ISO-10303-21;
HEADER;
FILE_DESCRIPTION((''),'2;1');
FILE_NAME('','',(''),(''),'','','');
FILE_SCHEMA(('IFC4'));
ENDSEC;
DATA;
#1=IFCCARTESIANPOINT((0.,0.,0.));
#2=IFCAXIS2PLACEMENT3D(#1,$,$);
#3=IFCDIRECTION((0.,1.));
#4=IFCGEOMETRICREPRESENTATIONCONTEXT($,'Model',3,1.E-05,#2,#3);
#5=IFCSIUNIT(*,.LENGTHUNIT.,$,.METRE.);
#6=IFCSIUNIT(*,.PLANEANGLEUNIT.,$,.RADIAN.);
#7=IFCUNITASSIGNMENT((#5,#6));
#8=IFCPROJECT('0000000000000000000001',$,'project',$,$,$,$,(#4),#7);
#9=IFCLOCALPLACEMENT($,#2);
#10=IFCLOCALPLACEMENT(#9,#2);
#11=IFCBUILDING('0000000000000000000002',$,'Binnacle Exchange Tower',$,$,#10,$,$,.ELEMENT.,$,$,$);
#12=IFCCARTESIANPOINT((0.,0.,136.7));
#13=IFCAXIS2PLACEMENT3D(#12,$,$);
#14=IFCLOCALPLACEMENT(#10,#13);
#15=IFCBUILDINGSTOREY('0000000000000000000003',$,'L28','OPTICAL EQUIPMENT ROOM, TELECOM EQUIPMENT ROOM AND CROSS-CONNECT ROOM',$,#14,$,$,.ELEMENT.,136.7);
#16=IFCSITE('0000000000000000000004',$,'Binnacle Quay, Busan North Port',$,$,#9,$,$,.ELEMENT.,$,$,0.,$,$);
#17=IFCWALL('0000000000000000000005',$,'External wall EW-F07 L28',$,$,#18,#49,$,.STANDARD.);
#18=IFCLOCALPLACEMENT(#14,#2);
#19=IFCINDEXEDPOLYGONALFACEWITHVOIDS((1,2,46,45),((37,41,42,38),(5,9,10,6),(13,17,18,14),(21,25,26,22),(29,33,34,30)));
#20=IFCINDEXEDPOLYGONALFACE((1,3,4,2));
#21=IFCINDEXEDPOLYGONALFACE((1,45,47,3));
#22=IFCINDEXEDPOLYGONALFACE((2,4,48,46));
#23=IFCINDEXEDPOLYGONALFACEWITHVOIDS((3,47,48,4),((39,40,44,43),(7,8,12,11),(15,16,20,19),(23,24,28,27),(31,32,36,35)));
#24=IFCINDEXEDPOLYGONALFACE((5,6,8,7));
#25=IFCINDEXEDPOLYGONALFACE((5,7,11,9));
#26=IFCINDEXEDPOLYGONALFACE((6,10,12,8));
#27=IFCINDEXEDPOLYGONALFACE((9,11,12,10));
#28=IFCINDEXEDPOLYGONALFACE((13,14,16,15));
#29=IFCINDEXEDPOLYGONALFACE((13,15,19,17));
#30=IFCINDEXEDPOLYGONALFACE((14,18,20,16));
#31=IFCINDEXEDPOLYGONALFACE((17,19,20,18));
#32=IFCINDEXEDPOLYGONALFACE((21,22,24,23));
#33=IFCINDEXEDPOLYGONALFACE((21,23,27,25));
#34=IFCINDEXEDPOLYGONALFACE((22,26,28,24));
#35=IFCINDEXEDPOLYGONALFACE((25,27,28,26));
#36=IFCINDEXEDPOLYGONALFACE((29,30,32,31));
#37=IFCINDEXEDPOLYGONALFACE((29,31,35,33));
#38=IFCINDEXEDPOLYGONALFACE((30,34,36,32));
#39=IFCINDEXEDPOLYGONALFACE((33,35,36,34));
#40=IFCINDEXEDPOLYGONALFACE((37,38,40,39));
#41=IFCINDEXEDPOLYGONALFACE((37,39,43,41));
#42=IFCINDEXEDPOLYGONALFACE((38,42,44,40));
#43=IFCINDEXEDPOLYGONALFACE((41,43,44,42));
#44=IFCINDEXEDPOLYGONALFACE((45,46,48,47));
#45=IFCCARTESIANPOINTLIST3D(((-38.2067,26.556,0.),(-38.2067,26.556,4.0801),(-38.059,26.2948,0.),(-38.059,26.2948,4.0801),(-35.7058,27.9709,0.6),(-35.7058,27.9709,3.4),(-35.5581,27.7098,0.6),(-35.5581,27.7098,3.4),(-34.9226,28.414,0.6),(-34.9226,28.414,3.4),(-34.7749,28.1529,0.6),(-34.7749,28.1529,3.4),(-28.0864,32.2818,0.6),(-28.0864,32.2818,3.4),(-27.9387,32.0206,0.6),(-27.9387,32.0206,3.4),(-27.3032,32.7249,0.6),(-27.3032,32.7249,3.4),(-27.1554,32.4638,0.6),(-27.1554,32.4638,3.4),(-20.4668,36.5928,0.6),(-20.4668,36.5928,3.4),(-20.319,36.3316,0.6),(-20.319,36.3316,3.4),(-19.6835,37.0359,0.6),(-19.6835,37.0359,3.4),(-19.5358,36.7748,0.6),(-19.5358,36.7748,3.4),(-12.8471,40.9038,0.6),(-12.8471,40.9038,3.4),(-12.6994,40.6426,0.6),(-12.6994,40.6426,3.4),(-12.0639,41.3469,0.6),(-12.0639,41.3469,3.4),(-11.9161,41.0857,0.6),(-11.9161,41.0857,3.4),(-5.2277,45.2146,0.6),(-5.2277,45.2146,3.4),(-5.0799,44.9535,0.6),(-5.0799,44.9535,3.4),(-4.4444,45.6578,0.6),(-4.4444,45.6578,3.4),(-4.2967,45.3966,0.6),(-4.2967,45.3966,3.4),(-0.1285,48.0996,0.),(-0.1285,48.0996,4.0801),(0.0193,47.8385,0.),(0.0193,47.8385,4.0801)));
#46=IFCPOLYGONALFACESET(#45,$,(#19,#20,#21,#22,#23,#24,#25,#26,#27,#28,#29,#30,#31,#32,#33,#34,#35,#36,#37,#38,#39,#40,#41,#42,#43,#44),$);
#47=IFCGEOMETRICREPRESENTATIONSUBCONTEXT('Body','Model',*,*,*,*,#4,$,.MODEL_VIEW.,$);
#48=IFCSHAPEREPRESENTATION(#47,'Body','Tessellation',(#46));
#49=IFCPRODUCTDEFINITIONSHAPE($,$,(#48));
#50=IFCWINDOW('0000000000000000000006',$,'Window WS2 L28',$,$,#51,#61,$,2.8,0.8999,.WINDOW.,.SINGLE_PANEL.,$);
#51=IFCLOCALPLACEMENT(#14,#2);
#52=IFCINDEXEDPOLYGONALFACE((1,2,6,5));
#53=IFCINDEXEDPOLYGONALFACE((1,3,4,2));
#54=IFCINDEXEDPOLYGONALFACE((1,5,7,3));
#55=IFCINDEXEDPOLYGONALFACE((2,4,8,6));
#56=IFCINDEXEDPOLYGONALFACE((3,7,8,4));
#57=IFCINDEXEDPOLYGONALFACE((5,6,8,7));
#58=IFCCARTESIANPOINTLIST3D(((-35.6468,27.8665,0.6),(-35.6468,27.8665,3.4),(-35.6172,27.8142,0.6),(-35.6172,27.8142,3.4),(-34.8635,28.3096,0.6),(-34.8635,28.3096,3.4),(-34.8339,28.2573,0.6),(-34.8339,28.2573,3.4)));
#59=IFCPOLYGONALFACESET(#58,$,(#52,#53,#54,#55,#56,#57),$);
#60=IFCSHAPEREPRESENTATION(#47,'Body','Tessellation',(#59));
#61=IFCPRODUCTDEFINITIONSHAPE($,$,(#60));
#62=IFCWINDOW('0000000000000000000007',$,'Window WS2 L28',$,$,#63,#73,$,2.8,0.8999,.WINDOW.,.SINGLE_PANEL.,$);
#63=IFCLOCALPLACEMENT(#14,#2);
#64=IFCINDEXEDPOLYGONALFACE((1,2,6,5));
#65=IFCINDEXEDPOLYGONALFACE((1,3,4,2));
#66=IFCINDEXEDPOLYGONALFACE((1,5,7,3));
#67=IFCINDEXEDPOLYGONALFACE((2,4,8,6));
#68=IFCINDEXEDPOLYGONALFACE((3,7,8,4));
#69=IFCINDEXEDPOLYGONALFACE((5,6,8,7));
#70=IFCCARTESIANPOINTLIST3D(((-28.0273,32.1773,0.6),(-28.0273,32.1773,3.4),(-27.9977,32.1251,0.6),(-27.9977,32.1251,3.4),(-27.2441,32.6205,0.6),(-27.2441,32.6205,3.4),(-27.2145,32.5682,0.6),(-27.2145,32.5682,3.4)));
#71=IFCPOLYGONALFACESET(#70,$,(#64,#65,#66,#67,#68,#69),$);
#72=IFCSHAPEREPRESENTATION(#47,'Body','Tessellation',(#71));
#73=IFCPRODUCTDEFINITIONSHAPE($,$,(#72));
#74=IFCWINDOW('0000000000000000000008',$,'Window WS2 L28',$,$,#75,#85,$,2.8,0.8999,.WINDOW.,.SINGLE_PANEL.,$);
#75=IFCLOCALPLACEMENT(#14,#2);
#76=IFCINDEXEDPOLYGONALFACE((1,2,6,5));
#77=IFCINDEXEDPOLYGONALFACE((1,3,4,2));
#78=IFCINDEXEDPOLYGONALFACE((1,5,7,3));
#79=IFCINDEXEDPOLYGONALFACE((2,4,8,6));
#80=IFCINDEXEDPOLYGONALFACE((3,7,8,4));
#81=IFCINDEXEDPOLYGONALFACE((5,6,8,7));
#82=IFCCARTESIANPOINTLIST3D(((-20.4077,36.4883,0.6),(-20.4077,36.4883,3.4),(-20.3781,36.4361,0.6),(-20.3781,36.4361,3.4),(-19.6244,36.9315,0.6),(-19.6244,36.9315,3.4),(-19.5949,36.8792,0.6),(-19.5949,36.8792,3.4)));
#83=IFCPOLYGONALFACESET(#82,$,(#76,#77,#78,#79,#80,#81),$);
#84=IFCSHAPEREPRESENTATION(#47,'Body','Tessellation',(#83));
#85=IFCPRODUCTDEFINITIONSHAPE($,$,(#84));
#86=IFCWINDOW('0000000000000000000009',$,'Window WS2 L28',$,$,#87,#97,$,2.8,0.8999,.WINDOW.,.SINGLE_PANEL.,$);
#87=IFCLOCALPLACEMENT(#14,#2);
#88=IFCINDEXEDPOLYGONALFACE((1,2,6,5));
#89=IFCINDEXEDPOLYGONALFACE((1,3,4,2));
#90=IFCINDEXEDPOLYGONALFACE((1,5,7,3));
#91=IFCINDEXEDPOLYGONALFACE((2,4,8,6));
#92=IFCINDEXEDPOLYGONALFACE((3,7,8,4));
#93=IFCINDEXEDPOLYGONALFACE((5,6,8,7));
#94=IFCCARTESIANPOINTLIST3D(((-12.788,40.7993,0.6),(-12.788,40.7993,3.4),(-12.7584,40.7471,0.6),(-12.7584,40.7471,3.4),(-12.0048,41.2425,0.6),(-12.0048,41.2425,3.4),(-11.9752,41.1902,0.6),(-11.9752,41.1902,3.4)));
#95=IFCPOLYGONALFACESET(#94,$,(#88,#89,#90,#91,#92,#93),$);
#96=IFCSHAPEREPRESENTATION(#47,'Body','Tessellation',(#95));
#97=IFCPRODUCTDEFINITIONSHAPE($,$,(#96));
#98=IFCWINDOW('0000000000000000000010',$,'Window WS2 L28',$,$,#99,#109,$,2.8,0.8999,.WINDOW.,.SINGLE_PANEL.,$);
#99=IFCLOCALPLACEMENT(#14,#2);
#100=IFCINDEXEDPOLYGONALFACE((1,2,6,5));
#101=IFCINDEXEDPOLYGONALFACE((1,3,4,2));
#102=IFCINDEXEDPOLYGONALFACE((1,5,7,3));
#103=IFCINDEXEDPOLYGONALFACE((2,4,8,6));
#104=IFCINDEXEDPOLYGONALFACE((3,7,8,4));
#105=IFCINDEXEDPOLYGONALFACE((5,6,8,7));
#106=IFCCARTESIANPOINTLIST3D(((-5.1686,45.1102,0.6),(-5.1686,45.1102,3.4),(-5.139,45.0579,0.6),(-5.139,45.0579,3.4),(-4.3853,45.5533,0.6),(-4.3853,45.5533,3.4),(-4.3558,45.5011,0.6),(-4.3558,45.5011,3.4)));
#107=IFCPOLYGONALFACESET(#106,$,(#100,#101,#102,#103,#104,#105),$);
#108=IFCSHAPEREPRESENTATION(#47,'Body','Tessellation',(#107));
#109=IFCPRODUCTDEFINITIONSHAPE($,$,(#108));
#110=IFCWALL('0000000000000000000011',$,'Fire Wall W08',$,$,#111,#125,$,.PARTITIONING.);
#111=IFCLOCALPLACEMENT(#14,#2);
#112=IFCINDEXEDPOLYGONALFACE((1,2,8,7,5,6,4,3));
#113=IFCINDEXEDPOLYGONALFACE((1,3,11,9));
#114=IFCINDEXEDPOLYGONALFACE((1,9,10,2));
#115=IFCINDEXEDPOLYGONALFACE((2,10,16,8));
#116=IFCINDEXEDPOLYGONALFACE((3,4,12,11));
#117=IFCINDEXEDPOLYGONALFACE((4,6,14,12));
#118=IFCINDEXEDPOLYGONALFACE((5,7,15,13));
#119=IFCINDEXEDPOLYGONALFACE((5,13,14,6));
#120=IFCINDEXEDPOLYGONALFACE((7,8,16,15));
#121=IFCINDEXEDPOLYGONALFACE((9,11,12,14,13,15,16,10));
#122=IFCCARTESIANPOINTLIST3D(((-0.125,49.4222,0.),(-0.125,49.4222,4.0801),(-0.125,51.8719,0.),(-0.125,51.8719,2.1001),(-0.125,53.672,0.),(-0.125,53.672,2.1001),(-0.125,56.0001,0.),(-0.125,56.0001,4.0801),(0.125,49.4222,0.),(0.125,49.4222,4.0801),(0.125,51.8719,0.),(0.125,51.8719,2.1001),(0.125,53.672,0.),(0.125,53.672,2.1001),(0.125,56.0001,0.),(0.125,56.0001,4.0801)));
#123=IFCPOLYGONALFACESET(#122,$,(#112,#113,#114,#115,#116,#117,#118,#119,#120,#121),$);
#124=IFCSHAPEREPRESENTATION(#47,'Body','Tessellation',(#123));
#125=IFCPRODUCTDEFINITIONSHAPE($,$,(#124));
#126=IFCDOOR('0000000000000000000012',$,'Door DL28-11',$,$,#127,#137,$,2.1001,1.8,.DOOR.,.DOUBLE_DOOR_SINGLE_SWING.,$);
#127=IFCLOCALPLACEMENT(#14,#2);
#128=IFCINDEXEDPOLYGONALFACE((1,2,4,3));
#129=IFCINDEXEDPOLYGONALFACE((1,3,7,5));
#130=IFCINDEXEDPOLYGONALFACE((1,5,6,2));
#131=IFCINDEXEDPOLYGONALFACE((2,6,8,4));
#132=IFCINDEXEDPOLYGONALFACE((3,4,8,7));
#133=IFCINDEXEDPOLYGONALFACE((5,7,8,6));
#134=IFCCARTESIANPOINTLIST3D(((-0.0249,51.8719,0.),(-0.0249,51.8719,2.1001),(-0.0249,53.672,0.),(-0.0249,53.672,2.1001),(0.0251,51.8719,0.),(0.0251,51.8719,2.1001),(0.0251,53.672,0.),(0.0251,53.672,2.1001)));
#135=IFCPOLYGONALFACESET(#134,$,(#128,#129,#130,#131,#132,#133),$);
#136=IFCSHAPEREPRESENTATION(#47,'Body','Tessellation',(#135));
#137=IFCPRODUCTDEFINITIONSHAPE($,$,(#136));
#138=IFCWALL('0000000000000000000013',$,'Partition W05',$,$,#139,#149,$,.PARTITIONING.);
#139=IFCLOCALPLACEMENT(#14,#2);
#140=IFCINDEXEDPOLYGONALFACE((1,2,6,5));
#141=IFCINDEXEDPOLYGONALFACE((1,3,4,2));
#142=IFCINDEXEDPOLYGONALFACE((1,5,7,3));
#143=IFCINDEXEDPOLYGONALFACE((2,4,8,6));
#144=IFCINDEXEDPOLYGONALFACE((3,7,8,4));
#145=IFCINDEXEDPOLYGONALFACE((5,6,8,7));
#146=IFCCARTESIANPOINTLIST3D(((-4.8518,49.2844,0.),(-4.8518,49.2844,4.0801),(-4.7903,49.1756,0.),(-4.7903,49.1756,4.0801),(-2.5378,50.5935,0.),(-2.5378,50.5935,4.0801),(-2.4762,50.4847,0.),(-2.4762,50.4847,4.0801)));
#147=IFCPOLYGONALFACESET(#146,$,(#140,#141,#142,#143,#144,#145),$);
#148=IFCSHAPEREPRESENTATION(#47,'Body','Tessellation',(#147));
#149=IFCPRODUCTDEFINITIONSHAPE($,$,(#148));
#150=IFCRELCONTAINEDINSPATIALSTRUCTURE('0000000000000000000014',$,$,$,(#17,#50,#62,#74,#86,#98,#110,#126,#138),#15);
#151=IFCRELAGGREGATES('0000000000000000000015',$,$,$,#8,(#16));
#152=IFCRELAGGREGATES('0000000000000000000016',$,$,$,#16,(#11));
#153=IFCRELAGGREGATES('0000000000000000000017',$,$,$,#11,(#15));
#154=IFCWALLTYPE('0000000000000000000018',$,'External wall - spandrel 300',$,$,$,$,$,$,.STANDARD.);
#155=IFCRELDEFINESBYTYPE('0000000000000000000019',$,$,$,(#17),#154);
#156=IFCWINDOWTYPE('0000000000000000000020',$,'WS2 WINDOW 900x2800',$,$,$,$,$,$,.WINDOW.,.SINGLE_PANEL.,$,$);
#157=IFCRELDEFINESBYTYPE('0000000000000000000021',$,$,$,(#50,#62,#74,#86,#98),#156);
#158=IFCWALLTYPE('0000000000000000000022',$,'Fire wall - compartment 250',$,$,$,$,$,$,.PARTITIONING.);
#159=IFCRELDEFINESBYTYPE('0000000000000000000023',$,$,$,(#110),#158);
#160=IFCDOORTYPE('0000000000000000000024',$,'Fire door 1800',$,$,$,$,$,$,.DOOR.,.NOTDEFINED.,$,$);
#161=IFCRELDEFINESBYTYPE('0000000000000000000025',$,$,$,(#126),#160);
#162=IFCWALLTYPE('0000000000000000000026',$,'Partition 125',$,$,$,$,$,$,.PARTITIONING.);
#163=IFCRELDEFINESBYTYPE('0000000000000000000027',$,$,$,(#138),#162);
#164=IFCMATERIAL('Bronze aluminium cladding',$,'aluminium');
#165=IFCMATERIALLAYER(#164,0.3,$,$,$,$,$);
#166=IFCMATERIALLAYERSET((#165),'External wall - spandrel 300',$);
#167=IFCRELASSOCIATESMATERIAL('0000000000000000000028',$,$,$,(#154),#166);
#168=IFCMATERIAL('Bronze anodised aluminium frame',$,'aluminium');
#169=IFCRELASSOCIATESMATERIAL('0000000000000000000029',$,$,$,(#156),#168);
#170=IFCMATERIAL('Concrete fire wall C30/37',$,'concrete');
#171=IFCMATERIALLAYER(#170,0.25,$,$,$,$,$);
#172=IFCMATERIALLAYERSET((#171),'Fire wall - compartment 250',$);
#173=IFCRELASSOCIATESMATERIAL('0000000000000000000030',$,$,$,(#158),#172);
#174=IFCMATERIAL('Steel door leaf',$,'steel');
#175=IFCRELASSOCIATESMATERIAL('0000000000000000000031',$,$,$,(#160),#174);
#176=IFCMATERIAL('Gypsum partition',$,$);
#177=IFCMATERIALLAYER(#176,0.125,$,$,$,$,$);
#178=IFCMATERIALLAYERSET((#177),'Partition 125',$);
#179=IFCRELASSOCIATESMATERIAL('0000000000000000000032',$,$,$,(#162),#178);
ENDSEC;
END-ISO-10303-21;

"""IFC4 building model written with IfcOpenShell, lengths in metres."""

from ifc_helpers import new_model, si_unit, direction, frame, frame_2d, origin, place, context, subcontext, project, spatial, rectangle, extrude, material, layer, layer_set, type_object, element, fill, save


model = new_model("IFC4")

# Units and contexts
model_context = context("Model", 3, precision=1e-05, world=origin(), true_north=direction((0.0, 1.0)))
body_context = subcontext(model_context, "Body", "Model", "MODEL_VIEW")
ifc_project = project(units=[si_unit("LENGTHUNIT", "METRE"), si_unit("PLANEANGLEUNIT", "RADIAN")], contexts=[model_context])

# Site, building, storey
site_placement = place(None, origin())
site = spatial("IfcSite", under=ifc_project, at=site_placement, Name="Binnacle Quay, Busan North Port", CompositionType="ELEMENT", RefElevation=0.0)
building_placement = place(site_placement, origin())
building = spatial("IfcBuilding", under=site, at=building_placement, Name="Binnacle Exchange Tower", CompositionType="ELEMENT")
storey_placement = place(building_placement, frame((0.0, 0.0, 136.7)))
storey = spatial("IfcBuildingStorey", under=building, at=storey_placement, Name="L28", Description="OPTICAL EQUIPMENT ROOM, TELECOM EQUIPMENT ROOM AND CROSS-CONNECT ROOM", CompositionType="ELEMENT", Elevation=136.7)

# Shared definitions
ifc_material_1 = material(Name="Steel door leaf", Category="steel")

# Wall, openings, windows
ifc_material_2 = material(Name="Bronze aluminium cladding", Category="aluminium")
ifc_layer_1 = layer(ifc_material_2, 0.3)
ifc_layer_set_1 = layer_set([ifc_layer_1], Name="External wall - spandrel 300")
wall_type_1 = type_object("IfcWallType", Name="External wall - spandrel 300", PredefinedType="STANDARD", material=ifc_layer_set_1)
wall_1_placement = place(storey_placement, frame((-0.0547, 47.969, 0.0), z_axis=(0.0, 0.0, 1.0), x_axis=(-0.870356, -0.492423, 0.0)))
wall_1 = element("IfcWall", 1, at=wall_1_placement, inside=storey, type_object=wall_type_1, Name="External wall EW-F07 L28", PredefinedType="STANDARD", context=body_context, shape_type="SweptSolid", body=[
    extrude(rectangle(XDim=43.7502, YDim=0.3, at=frame_2d((21.875, 0.0))), origin(), (0.0, 0.0, 1.0), 4.0801),
])
opening_1_placement = place(wall_1_placement, frame((39.9768, 0.0, 0.6001)))
opening_1 = element("IfcOpeningElement", 2, at=opening_1_placement, cuts=wall_1, PredefinedType="OPENING", context=body_context, shape_type="SweptSolid", body=[
    extrude(rectangle(XDim=0.8999, YDim=2.8, at=frame_2d((0.45, 1.3999))), frame((0.0, 0.1599, 0.0), z_axis=(0.0, -1.0, 0.0), x_axis=(1.0, 0.0, 0.0)), (0.0, 0.0, 1.0), 0.3201),
])
opening_2_placement = place(wall_1_placement, frame((31.2224, 0.0, 0.6001)))
opening_2 = element("IfcOpeningElement", 3, at=opening_2_placement, cuts=wall_1, PredefinedType="OPENING", context=body_context, shape_type="SweptSolid", body=[
    extrude(rectangle(XDim=0.8999, YDim=2.8, at=frame_2d((0.45, 1.3999))), frame((0.0, 0.1599, 0.0), z_axis=(0.0, -1.0, 0.0), x_axis=(1.0, 0.0, 0.0)), (0.0, 0.0, 1.0), 0.3201),
])
opening_3_placement = place(wall_1_placement, frame((22.4678, 0.0, 0.6001)))
opening_3 = element("IfcOpeningElement", 4, at=opening_3_placement, cuts=wall_1, PredefinedType="OPENING", context=body_context, shape_type="SweptSolid", body=[
    extrude(rectangle(XDim=0.8999, YDim=2.8, at=frame_2d((0.45, 1.3999))), frame((0.0, 0.1599, 0.0), z_axis=(0.0, -1.0, 0.0), x_axis=(1.0, 0.0, 0.0)), (0.0, 0.0, 1.0), 0.3201),
])
opening_4_placement = place(wall_1_placement, frame((13.7131, 0.0, 0.6001)))
opening_4 = element("IfcOpeningElement", 5, at=opening_4_placement, cuts=wall_1, PredefinedType="OPENING", context=body_context, shape_type="SweptSolid", body=[
    extrude(rectangle(XDim=0.8999, YDim=2.8, at=frame_2d((0.45, 1.3999))), frame((0.0, 0.1599, 0.0), z_axis=(0.0, -1.0, 0.0), x_axis=(1.0, 0.0, 0.0)), (0.0, 0.0, 1.0), 0.3201),
])
opening_5_placement = place(wall_1_placement, frame((4.9587, 0.0, 0.6001)))
opening_5 = element("IfcOpeningElement", 6, at=opening_5_placement, cuts=wall_1, PredefinedType="OPENING", context=body_context, shape_type="SweptSolid", body=[
    extrude(rectangle(XDim=0.8999, YDim=2.8, at=frame_2d((0.45, 1.3999))), frame((0.0, 0.1599, 0.0), z_axis=(0.0, -1.0, 0.0), x_axis=(1.0, 0.0, 0.0)), (0.0, 0.0, 1.0), 0.3201),
])
ifc_material_3 = material(Name="Bronze anodised aluminium frame", Category="aluminium")
window_type = type_object("IfcWindowType", Name="WS2 WINDOW 900x2800", PartitioningType="SINGLE_PANEL", PredefinedType="WINDOW", material=ifc_material_3)
window_1_placement = place(opening_1_placement, origin())
window_1 = element("IfcWindow", 7, at=window_1_placement, inside=storey, type_object=window_type, Name="Window WS2 L28", OverallHeight=2.8, OverallWidth=0.8999, PartitioningType="SINGLE_PANEL", PredefinedType="WINDOW", context=body_context, shape_type="SweptSolid", body=[
    extrude(rectangle(XDim=0.8999, YDim=2.8, at=frame_2d((0.45, 1.3999))), frame((0.0, 0.03, 0.0), z_axis=(0.0, -1.0, 0.0), x_axis=(1.0, 0.0, 0.0)), (0.0, 0.0, 1.0), 0.0601),
])
fill(opening_1, window_1)
window_2_placement = place(opening_2_placement, origin())
window_2 = element("IfcWindow", 8, at=window_2_placement, inside=storey, type_object=window_type, Name="Window WS2 L28", OverallHeight=2.8, OverallWidth=0.8999, PartitioningType="SINGLE_PANEL", PredefinedType="WINDOW", context=body_context, shape_type="SweptSolid", body=[
    extrude(rectangle(XDim=0.8999, YDim=2.8, at=frame_2d((0.45, 1.3999))), frame((0.0, 0.03, 0.0), z_axis=(0.0, -1.0, 0.0), x_axis=(1.0, 0.0, 0.0)), (0.0, 0.0, 1.0), 0.0601),
])
fill(opening_2, window_2)
window_3_placement = place(opening_3_placement, origin())
window_3 = element("IfcWindow", 9, at=window_3_placement, inside=storey, type_object=window_type, Name="Window WS2 L28", OverallHeight=2.8, OverallWidth=0.8999, PartitioningType="SINGLE_PANEL", PredefinedType="WINDOW", context=body_context, shape_type="SweptSolid", body=[
    extrude(rectangle(XDim=0.8999, YDim=2.8, at=frame_2d((0.45, 1.3999))), frame((0.0, 0.03, 0.0), z_axis=(0.0, -1.0, 0.0), x_axis=(1.0, 0.0, 0.0)), (0.0, 0.0, 1.0), 0.0601),
])
fill(opening_3, window_3)
window_4_placement = place(opening_4_placement, origin())
window_4 = element("IfcWindow", 10, at=window_4_placement, inside=storey, type_object=window_type, Name="Window WS2 L28", OverallHeight=2.8, OverallWidth=0.8999, PartitioningType="SINGLE_PANEL", PredefinedType="WINDOW", context=body_context, shape_type="SweptSolid", body=[
    extrude(rectangle(XDim=0.8999, YDim=2.8, at=frame_2d((0.45, 1.3999))), frame((0.0, 0.03, 0.0), z_axis=(0.0, -1.0, 0.0), x_axis=(1.0, 0.0, 0.0)), (0.0, 0.0, 1.0), 0.0601),
])
fill(opening_4, window_4)
window_5_placement = place(opening_5_placement, origin())
window_5 = element("IfcWindow", 11, at=window_5_placement, inside=storey, type_object=window_type, Name="Window WS2 L28", OverallHeight=2.8, OverallWidth=0.8999, PartitioningType="SINGLE_PANEL", PredefinedType="WINDOW", context=body_context, shape_type="SweptSolid", body=[
    extrude(rectangle(XDim=0.8999, YDim=2.8, at=frame_2d((0.45, 1.3999))), frame((0.0, 0.03, 0.0), z_axis=(0.0, -1.0, 0.0), x_axis=(1.0, 0.0, 0.0)), (0.0, 0.0, 1.0), 0.0601),
])
fill(opening_5, window_5)

# Wall, opening, door
ifc_material_4 = material(Name="Concrete fire wall C30/37", Category="concrete")
ifc_layer_2 = layer(ifc_material_4, 0.25)
ifc_layer_set_2 = layer_set([ifc_layer_2], Name="Fire wall - compartment 250")
wall_type_2 = type_object("IfcWallType", Name="Fire wall - compartment 250", PredefinedType="PARTITIONING", material=ifc_layer_set_2)
wall_2_placement = place(storey_placement, frame((0.0, 49.4221, 0.0), z_axis=(0.0, 0.0, 1.0), x_axis=(0.0, 1.0, 0.0)))
wall_2 = element("IfcWall", 12, at=wall_2_placement, inside=storey, type_object=wall_type_2, Name="Fire Wall W08", PredefinedType="PARTITIONING", context=body_context, shape_type="SweptSolid", body=[
    extrude(rectangle(XDim=6.5779, YDim=0.25, at=frame_2d((3.2891, 0.0))), origin(), (0.0, 0.0, 1.0), 4.0801),
])
opening_6_placement = place(wall_2_placement, frame((2.45, 0.0, 0.0)))
opening_6 = element("IfcOpeningElement", 13, at=opening_6_placement, cuts=wall_2, PredefinedType="OPENING", context=body_context, shape_type="SweptSolid", body=[
    extrude(rectangle(XDim=1.8, YDim=2.1001, at=frame_2d((0.8999, 1.05))), frame((0.0, 0.135, 0.0), z_axis=(0.0, -1.0, 0.0), x_axis=(1.0, 0.0, 0.0)), (0.0, 0.0, 1.0), 0.27),
])
door_type_1 = type_object("IfcDoorType", Name="Fire door 1800", OperationType="NOTDEFINED", PredefinedType="DOOR", material=ifc_material_1)
door_1_placement = place(opening_6_placement, origin())
door_1 = element("IfcDoor", 14, at=door_1_placement, inside=storey, type_object=door_type_1, Name="Door DL28-11", OperationType="DOUBLE_DOOR_SINGLE_SWING", OverallHeight=2.1001, OverallWidth=1.8, PredefinedType="DOOR", context=body_context, shape_type="SweptSolid", body=[
    extrude(rectangle(XDim=1.8, YDim=2.1001, at=frame_2d((0.8999, 1.05))), frame((0.0, 0.0249, 0.0), z_axis=(0.0, -1.0, 0.0), x_axis=(1.0, 0.0, 0.0)), (0.0, 0.0, 1.0), 0.05),
])
fill(opening_6, door_1)

# Wall
ifc_material_5 = material(Name="Gypsum partition")
ifc_layer_3 = layer(ifc_material_5, 0.125)
ifc_layer_set_3 = layer_set([ifc_layer_3], Name="Partition 125")
wall_type_3 = type_object("IfcWallType", Name="Partition 125", PredefinedType="PARTITIONING", material=ifc_layer_set_3)
wall_3_placement = place(storey_placement, frame((-4.821, 49.23, 0.0), z_axis=(0.0, 0.0, 1.0), x_axis=(0.870371, 0.492396, 0.0)))
element("IfcWall", 15, at=wall_3_placement, inside=storey, type_object=wall_type_3, Name="Partition W05", PredefinedType="PARTITIONING", context=body_context, shape_type="SweptSolid", body=[
    extrude(rectangle(XDim=2.6587, YDim=0.125, at=frame_2d((1.3293, 0.0))), origin(), (0.0, 0.0, 1.0), 4.0801),
])

save(model, "model.ifc")
